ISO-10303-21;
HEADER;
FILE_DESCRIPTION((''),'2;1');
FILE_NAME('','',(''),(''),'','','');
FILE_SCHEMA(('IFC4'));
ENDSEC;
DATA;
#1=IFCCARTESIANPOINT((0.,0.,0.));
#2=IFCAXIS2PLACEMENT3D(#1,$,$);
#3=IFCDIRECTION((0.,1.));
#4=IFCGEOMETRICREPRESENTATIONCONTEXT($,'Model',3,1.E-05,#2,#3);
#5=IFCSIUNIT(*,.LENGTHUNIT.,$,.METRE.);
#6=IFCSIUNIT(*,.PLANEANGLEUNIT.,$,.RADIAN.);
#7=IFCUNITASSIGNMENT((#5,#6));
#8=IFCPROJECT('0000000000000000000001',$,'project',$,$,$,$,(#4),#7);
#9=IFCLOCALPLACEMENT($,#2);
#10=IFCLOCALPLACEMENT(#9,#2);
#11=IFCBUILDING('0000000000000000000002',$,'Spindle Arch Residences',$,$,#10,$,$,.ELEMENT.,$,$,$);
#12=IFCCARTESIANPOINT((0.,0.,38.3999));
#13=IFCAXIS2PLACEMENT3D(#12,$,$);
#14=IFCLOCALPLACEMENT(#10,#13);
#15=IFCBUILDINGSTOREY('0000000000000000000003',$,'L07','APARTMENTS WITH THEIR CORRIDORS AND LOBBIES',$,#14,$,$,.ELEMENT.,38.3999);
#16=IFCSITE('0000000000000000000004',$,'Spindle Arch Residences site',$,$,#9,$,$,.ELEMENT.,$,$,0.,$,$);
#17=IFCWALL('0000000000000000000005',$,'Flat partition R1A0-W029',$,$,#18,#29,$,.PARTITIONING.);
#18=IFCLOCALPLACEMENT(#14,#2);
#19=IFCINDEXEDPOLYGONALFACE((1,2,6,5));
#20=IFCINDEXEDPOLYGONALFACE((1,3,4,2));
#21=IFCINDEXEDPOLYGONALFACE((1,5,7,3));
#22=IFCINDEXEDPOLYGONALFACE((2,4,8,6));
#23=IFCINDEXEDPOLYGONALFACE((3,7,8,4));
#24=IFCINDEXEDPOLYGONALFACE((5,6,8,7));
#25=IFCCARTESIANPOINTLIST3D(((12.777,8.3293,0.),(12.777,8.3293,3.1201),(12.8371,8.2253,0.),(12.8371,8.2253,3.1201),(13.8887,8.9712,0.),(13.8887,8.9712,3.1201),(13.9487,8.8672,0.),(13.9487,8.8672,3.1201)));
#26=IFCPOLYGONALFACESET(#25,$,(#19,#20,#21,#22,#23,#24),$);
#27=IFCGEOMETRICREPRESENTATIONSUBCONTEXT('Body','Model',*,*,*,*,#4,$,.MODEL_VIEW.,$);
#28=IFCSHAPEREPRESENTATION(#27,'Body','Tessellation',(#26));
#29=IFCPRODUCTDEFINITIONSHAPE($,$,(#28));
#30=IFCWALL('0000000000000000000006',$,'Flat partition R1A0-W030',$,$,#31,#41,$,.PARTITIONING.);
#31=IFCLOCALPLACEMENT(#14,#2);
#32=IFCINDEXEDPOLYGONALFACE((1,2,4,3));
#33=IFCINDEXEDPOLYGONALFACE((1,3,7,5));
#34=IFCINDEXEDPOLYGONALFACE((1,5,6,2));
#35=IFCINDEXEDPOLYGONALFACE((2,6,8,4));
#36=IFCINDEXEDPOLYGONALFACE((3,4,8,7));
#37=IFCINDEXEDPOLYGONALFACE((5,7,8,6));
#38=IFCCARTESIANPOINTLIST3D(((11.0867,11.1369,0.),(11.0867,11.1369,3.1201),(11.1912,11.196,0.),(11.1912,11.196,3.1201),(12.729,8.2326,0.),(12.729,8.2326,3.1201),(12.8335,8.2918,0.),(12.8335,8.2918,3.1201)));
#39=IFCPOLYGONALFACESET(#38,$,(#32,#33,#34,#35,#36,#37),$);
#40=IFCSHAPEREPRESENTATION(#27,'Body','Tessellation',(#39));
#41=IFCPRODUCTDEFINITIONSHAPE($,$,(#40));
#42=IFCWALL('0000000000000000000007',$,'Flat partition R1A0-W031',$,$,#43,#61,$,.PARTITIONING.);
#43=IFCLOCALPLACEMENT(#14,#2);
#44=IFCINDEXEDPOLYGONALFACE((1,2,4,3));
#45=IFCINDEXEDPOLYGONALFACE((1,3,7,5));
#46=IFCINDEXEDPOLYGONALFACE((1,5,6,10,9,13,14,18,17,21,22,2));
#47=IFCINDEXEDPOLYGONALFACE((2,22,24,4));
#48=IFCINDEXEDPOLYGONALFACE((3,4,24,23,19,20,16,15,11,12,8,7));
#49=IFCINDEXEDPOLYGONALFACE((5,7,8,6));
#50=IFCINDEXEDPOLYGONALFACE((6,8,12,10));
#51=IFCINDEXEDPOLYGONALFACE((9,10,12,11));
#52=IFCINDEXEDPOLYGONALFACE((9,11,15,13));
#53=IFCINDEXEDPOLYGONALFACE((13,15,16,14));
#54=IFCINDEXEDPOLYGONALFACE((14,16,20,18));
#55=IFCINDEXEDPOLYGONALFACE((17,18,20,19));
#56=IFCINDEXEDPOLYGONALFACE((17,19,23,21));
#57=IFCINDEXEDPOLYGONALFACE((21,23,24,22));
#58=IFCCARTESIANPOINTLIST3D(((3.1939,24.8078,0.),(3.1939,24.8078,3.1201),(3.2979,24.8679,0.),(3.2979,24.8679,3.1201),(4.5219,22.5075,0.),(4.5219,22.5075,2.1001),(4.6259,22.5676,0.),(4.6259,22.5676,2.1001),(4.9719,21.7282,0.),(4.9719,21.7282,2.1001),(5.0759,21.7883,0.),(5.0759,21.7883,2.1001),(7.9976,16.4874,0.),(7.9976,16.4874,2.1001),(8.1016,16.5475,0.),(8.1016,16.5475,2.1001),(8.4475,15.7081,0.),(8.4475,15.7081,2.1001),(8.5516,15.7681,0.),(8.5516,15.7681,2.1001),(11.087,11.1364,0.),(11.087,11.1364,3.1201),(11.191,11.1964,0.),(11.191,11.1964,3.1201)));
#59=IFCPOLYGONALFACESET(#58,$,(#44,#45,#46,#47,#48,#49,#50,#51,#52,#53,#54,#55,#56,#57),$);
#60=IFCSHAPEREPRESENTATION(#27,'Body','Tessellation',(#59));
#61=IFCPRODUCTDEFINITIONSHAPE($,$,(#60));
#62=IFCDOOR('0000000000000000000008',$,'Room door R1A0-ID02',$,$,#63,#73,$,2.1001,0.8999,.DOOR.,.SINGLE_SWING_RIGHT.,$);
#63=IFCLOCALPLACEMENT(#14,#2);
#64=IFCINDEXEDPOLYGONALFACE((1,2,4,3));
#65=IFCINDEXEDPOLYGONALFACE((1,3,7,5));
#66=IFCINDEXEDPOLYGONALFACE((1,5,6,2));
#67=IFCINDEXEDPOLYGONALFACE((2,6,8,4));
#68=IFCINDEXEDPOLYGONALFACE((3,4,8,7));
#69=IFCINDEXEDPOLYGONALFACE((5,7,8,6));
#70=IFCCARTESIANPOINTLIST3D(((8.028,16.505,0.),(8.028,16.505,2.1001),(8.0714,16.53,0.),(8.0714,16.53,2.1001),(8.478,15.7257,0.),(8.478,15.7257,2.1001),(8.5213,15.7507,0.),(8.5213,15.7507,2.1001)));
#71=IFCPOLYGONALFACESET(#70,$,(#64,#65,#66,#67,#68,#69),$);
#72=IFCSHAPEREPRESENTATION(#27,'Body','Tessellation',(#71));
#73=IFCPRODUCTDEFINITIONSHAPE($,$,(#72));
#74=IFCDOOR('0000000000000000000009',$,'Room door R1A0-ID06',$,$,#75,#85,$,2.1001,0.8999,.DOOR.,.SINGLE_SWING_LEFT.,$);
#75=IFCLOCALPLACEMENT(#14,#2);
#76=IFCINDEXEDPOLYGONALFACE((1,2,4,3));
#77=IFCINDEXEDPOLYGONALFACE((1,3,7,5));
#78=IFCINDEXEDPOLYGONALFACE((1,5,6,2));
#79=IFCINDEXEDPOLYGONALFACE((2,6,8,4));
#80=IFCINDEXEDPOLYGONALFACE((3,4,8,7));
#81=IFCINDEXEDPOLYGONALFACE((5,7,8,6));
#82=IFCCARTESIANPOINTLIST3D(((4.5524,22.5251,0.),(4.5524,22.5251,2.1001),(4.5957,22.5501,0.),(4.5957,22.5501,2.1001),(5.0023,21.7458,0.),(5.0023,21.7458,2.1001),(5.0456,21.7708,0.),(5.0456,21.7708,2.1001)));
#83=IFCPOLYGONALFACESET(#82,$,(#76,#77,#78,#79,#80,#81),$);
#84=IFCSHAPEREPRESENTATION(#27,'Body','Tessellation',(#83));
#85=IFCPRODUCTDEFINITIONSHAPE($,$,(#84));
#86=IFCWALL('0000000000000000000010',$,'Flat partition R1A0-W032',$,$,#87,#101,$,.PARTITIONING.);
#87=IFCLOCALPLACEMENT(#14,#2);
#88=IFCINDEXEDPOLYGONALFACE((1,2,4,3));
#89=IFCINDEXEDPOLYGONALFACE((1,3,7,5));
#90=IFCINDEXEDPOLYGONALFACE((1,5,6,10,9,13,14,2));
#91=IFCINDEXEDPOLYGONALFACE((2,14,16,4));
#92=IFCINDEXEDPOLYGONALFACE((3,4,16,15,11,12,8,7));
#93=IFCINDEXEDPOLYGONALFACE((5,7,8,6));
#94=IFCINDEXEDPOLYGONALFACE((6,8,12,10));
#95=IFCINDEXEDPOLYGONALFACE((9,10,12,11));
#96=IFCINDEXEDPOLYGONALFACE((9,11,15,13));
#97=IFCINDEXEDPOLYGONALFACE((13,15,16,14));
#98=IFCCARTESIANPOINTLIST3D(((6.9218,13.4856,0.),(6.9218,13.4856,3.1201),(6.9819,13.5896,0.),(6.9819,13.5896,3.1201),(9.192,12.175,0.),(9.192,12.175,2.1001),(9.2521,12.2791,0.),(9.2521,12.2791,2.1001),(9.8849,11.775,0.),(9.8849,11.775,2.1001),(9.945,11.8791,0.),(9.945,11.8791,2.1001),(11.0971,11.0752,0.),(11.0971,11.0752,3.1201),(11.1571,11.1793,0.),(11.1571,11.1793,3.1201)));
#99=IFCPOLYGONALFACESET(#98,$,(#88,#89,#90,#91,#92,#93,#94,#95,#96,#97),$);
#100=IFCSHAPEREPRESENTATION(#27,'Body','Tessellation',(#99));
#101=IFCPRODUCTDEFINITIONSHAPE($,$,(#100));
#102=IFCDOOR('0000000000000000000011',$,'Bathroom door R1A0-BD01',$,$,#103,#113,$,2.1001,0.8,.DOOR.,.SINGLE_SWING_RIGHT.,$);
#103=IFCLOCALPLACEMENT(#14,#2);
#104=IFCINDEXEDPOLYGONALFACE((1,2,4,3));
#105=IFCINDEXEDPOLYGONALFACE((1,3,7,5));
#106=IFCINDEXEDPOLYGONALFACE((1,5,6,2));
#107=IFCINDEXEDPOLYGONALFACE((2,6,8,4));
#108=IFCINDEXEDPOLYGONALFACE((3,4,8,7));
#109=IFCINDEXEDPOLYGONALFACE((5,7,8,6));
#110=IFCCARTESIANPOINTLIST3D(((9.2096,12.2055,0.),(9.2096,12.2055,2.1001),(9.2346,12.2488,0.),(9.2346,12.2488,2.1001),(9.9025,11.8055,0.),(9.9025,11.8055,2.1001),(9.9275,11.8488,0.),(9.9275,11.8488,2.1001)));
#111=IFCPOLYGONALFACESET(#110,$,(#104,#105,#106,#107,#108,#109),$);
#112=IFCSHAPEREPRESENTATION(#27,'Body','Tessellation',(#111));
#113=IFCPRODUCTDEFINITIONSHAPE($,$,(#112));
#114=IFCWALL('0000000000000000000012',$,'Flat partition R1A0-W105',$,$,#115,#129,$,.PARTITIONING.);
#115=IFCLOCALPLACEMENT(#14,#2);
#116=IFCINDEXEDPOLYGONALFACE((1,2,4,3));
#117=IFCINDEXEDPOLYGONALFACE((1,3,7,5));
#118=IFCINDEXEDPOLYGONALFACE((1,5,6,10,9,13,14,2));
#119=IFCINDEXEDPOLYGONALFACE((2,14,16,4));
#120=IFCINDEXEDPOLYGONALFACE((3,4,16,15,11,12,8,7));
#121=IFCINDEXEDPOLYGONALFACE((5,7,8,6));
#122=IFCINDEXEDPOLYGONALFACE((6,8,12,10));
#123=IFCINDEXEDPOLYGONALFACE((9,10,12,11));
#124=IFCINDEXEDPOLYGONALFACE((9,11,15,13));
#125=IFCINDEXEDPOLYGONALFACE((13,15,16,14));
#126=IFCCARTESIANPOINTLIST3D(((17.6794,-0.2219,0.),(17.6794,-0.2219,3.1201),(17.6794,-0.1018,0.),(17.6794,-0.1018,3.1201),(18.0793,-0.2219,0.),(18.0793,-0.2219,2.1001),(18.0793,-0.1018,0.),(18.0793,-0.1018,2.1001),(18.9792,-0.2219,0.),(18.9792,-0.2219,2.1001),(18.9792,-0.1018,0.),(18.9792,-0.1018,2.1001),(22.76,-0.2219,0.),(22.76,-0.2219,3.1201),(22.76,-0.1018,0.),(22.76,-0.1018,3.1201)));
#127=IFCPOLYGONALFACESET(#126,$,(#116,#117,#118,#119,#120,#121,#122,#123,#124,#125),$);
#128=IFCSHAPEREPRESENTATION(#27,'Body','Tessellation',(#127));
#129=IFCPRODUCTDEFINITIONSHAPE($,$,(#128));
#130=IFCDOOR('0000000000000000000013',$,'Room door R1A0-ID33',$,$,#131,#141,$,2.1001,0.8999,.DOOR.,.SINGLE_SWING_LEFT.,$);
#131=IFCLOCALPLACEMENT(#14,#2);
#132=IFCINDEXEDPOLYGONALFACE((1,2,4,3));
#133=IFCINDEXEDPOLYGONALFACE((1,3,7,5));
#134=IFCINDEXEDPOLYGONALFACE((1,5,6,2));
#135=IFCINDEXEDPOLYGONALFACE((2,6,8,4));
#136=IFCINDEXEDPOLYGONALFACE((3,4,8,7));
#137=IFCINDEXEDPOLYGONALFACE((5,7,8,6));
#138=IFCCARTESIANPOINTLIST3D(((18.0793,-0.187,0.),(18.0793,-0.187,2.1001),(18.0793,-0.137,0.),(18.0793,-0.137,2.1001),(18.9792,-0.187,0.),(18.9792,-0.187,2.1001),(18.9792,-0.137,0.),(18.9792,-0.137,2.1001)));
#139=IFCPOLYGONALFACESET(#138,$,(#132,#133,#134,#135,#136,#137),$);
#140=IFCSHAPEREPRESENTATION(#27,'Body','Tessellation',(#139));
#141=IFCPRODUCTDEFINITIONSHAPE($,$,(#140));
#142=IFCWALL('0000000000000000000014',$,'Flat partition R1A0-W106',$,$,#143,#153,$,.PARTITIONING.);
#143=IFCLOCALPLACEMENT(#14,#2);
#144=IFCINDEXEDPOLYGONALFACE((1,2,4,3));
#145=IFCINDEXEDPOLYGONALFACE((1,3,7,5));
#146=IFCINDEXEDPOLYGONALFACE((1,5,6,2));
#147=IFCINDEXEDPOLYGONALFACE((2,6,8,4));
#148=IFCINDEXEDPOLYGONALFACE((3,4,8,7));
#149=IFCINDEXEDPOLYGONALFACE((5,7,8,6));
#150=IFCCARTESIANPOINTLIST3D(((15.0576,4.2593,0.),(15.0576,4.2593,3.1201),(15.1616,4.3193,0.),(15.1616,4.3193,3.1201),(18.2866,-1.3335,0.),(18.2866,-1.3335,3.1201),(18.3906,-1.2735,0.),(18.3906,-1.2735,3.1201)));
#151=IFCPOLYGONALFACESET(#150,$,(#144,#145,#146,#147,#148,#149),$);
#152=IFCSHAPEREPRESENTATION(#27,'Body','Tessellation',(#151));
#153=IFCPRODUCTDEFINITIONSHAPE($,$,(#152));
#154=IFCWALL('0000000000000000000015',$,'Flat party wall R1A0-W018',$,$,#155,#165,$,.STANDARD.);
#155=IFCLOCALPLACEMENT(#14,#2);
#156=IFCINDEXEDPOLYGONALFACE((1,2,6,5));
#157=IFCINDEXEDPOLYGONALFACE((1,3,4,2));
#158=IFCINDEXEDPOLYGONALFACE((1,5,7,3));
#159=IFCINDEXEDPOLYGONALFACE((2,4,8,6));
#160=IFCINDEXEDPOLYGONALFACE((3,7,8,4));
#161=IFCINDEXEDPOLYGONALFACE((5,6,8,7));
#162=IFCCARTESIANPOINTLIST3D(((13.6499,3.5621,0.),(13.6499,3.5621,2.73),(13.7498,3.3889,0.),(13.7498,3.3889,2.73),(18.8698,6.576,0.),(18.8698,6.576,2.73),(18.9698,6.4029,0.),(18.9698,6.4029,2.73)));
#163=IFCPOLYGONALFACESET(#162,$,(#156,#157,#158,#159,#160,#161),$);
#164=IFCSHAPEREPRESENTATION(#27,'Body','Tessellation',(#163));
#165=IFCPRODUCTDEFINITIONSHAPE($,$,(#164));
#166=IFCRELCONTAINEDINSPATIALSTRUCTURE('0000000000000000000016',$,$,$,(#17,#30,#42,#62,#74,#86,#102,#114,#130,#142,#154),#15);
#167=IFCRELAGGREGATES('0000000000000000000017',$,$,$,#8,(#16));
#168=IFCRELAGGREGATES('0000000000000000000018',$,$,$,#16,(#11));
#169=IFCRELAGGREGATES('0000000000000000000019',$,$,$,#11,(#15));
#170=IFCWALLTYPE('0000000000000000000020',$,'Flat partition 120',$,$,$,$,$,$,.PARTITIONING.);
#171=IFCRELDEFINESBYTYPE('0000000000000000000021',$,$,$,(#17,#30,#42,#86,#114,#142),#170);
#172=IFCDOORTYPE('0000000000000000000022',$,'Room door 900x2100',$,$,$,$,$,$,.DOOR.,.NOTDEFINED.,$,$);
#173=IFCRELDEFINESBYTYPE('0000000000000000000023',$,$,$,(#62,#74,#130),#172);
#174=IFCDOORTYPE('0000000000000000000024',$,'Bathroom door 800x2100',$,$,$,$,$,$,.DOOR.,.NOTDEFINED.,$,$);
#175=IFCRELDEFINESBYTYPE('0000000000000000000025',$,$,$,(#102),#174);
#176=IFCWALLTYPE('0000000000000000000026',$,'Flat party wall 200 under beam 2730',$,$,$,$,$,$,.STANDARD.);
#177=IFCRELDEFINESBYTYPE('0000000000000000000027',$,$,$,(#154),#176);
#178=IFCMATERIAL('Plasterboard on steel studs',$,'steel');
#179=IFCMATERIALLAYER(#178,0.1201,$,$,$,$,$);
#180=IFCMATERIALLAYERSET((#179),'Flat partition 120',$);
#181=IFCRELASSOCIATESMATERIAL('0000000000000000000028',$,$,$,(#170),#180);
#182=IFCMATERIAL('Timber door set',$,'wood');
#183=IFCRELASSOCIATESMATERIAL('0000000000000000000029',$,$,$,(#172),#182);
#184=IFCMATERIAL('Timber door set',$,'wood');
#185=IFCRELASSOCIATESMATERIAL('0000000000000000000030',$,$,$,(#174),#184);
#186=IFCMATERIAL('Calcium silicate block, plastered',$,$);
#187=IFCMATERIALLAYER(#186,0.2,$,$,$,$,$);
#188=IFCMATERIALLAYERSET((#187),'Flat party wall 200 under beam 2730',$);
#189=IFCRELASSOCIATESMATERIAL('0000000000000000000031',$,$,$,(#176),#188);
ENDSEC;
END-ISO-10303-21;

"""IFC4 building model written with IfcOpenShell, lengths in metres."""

from ifc_helpers import new_model, si_unit, direction, frame, frame_2d, origin, place, context, subcontext, project, spatial, rectangle, extrude, material, layer, layer_set, type_object, element, fill, save


model = new_model("IFC4")

# Units and contexts
model_context = context("Model", 3, precision=1e-05, world=origin(), true_north=direction((0.0, 1.0)))
body_context = subcontext(model_context, "Body", "Model", "MODEL_VIEW")
ifc_project = project(units=[si_unit("LENGTHUNIT", "METRE"), si_unit("PLANEANGLEUNIT", "RADIAN")], contexts=[model_context])

# Site, building, storey
site_placement = place(None, origin())
site = spatial("IfcSite", under=ifc_project, at=site_placement, Name="Spindle Arch Residences site", CompositionType="ELEMENT", RefElevation=0.0)
building_placement = place(site_placement, origin())
building = spatial("IfcBuilding", under=site, at=building_placement, Name="Spindle Arch Residences", CompositionType="ELEMENT")
storey_placement = place(building_placement, frame((0.0, 0.0, 38.3999)))
storey = spatial("IfcBuildingStorey", under=building, at=storey_placement, Name="L07", Description="APARTMENTS WITH THEIR CORRIDORS AND LOBBIES", CompositionType="ELEMENT", Elevation=38.3999)

# Shared definitions
ifc_material_1 = material(Name="Plasterboard on steel studs", Category="steel")
ifc_layer_1 = layer(ifc_material_1, 0.1201)
ifc_layer_set_1 = layer_set([ifc_layer_1], Name="Flat partition 120")
wall_type_1 = type_object("IfcWallType", Name="Flat partition 120", PredefinedType="PARTITIONING", material=ifc_layer_set_1)

# Shared definitions
ifc_material_2 = material(Name="Timber door set", Category="wood")
door_type_1 = type_object("IfcDoorType", Name="Room door 900x2100", OperationType="NOTDEFINED", PredefinedType="DOOR", material=ifc_material_2)

# Walls
wall_1_placement = place(storey_placement, frame((13.9187, 8.9192, 0.0), z_axis=(0.0, 0.0, 1.0), x_axis=(-0.865999, -0.500046, 0.0)))
element("IfcWall", 1, at=wall_1_placement, inside=storey, type_object=wall_type_1, Name="Flat partition R1A0-W029", PredefinedType="PARTITIONING", context=body_context, shape_type="SweptSolid", body=[
    extrude(rectangle(XDim=1.2837, YDim=0.1201, at=frame_2d((0.6418, 0.0))), origin(), (0.0, 0.0, 1.0), 3.1201),
])
wall_2_placement = place(storey_placement, frame((12.7812, 8.2622, 0.0), z_axis=(0.0, 0.0, 1.0), x_axis=(-0.492233, 0.870463, 0.0)))
element("IfcWall", 2, at=wall_2_placement, inside=storey, type_object=wall_type_1, Name="Flat partition R1A0-W030", PredefinedType="PARTITIONING", context=body_context, shape_type="SweptSolid", body=[
    extrude(rectangle(XDim=3.3364, YDim=0.1201, at=frame_2d((1.6682, 0.0))), origin(), (0.0, 0.0, 1.0), 3.1201),
])

# Wall, openings, doors
wall_3_placement = place(storey_placement, frame((11.1389, 11.1665, 0.0), z_axis=(0.0, 0.0, 1.0), x_axis=(-0.499995, 0.866028, 0.0)))
wall_3 = element("IfcWall", 3, at=wall_3_placement, inside=storey, type_object=wall_type_1, Name="Flat partition R1A0-W031", PredefinedType="PARTITIONING", context=body_context, shape_type="SweptSolid", body=[
    extrude(rectangle(XDim=15.7864, YDim=0.1201, at=frame_2d((7.8931, 0.0))), origin(), (0.0, 0.0, 1.0), 3.1201),
])
opening_1_placement = place(wall_3_placement, frame((5.2788, 0.0, 0.0)))
opening_1 = element("IfcOpeningElement", 4, at=opening_1_placement, cuts=wall_3, PredefinedType="OPENING", context=body_context, shape_type="SweptSolid", body=[
    extrude(rectangle(XDim=0.8999, YDim=2.1001, at=frame_2d((0.45, 1.05))), frame((0.0, 0.0701, 0.0), z_axis=(0.0, -1.0, 0.0), x_axis=(1.0, 0.0, 0.0)), (0.0, 0.0, 1.0), 0.1401),
])
opening_2_placement = place(wall_3_placement, frame((12.2302, 0.0, 0.0)))
opening_2 = element("IfcOpeningElement", 5, at=opening_2_placement, cuts=wall_3, PredefinedType="OPENING", context=body_context, shape_type="SweptSolid", body=[
    extrude(rectangle(XDim=0.8999, YDim=2.1001, at=frame_2d((0.45, 1.05))), frame((0.0, 0.0701, 0.0), z_axis=(0.0, -1.0, 0.0), x_axis=(1.0, 0.0, 0.0)), (0.0, 0.0, 1.0), 0.1401),
])
door_1_placement = place(opening_1_placement, origin())
door_1 = element("IfcDoor", 6, at=door_1_placement, inside=storey, type_object=door_type_1, Name="Room door R1A0-ID02", OperationType="SINGLE_SWING_RIGHT", OverallHeight=2.1001, OverallWidth=0.8999, PredefinedType="DOOR", context=body_context, shape_type="SweptSolid", body=[
    extrude(rectangle(XDim=0.8999, YDim=2.1001, at=frame_2d((0.45, 1.05))), frame((0.0, 0.0249, 0.0), z_axis=(0.0, -1.0, 0.0), x_axis=(1.0, 0.0, 0.0)), (0.0, 0.0, 1.0), 0.05),
])
fill(opening_1, door_1)
door_2_placement = place(opening_2_placement, origin())
door_2 = element("IfcDoor", 7, at=door_2_placement, inside=storey, type_object=door_type_1, Name="Room door R1A0-ID06", OperationType="SINGLE_SWING_LEFT", OverallHeight=2.1001, OverallWidth=0.8999, PredefinedType="DOOR", context=body_context, shape_type="SweptSolid", body=[
    extrude(rectangle(XDim=0.8999, YDim=2.1001, at=frame_2d((0.45, 1.05))), frame((0.0, 0.0249, 0.0), z_axis=(0.0, -1.0, 0.0), x_axis=(1.0, 0.0, 0.0)), (0.0, 0.0, 1.0), 0.05),
])
fill(opening_2, door_2)

# Walls, openings, doors
wall_4_placement = place(storey_placement, frame((11.1272, 11.1272, 0.0), z_axis=(0.0, 0.0, 1.0), x_axis=(-0.866044, 0.499968, 0.0)))
wall_4 = element("IfcWall", 8, at=wall_4_placement, inside=storey, type_object=wall_type_1, Name="Flat partition R1A0-W032", PredefinedType="PARTITIONING", context=body_context, shape_type="SweptSolid", body=[
    extrude(rectangle(XDim=4.821, YDim=0.1201, at=frame_2d((2.4106, 0.0))), origin(), (0.0, 0.0, 1.0), 3.1201),
])
opening_3_placement = place(wall_4_placement, frame((1.3999, 0.0, 0.0)))
opening_3 = element("IfcOpeningElement", 9, at=opening_3_placement, cuts=wall_4, PredefinedType="OPENING", context=body_context, shape_type="SweptSolid", body=[
    extrude(rectangle(XDim=0.8, YDim=2.1001, at=frame_2d((0.3999, 1.05))), frame((0.0, 0.0701, 0.0), z_axis=(0.0, -1.0, 0.0), x_axis=(1.0, 0.0, 0.0)), (0.0, 0.0, 1.0), 0.1401),
])
ifc_material_3 = material(Name="Timber door set", Category="wood")
door_type_2 = type_object("IfcDoorType", Name="Bathroom door 800x2100", OperationType="NOTDEFINED", PredefinedType="DOOR", material=ifc_material_3)
door_3_placement = place(opening_3_placement, origin())
door_3 = element("IfcDoor", 10, at=door_3_placement, inside=storey, type_object=door_type_2, Name="Bathroom door R1A0-BD01", OperationType="SINGLE_SWING_RIGHT", OverallHeight=2.1001, OverallWidth=0.8, PredefinedType="DOOR", context=body_context, shape_type="SweptSolid", body=[
    extrude(rectangle(XDim=0.8, YDim=2.1001, at=frame_2d((0.3999, 1.05))), frame((0.0, 0.0249, 0.0), z_axis=(0.0, -1.0, 0.0), x_axis=(1.0, 0.0, 0.0)), (0.0, 0.0, 1.0), 0.05),
])
fill(opening_3, door_3)
wall_5_placement = place(storey_placement, frame((17.6794, -0.1619, 0.0), z_axis=(0.0, 0.0, 1.0), x_axis=(1.0, 0.0, 0.0)))
wall_5 = element("IfcWall", 11, at=wall_5_placement, inside=storey, type_object=wall_type_1, Name="Flat partition R1A0-W105", PredefinedType="PARTITIONING", context=body_context, shape_type="SweptSolid", body=[
    extrude(rectangle(XDim=5.0806, YDim=0.1201, at=frame_2d((2.5403, 0.0))), origin(), (0.0, 0.0, 1.0), 3.1201),
])
opening_4_placement = place(wall_5_placement, frame((0.3999, 0.0, 0.0)))
opening_4 = element("IfcOpeningElement", 12, at=opening_4_placement, cuts=wall_5, PredefinedType="OPENING", context=body_context, shape_type="SweptSolid", body=[
    extrude(rectangle(XDim=0.8999, YDim=2.1001, at=frame_2d((0.45, 1.05))), frame((0.0, 0.0701, 0.0), z_axis=(0.0, -1.0, 0.0), x_axis=(1.0, 0.0, 0.0)), (0.0, 0.0, 1.0), 0.1401),
])
door_4_placement = place(opening_4_placement, origin())
door_4 = element("IfcDoor", 13, at=door_4_placement, inside=storey, type_object=door_type_1, Name="Room door R1A0-ID33", OperationType="SINGLE_SWING_LEFT", OverallHeight=2.1001, OverallWidth=0.8999, PredefinedType="DOOR", context=body_context, shape_type="SweptSolid", body=[
    extrude(rectangle(XDim=0.8999, YDim=2.1001, at=frame_2d((0.45, 1.05))), frame((0.0, 0.0249, 0.0), z_axis=(0.0, -1.0, 0.0), x_axis=(1.0, 0.0, 0.0)), (0.0, 0.0, 1.0), 0.05),
])
fill(opening_4, door_4)

# Walls
wall_6_placement = place(storey_placement, frame((15.1096, 4.2893, 0.0), z_axis=(0.0, 0.0, 1.0), x_axis=(0.500002, -0.866024, 0.0)))
element("IfcWall", 14, at=wall_6_placement, inside=storey, type_object=wall_type_1, Name="Flat partition R1A0-W106", PredefinedType="PARTITIONING", context=body_context, shape_type="SweptSolid", body=[
    extrude(rectangle(XDim=6.458, YDim=0.1201, at=frame_2d((3.229, 0.0))), origin(), (0.0, 0.0, 1.0), 3.1201),
])
ifc_material_4 = material(Name="Calcium silicate block, plastered")
ifc_layer_2 = layer(ifc_material_4, 0.2)
ifc_layer_set_2 = layer_set([ifc_layer_2], Name="Flat party wall 200 under beam 2730")
wall_type_2 = type_object("IfcWallType", Name="Flat party wall 200 under beam 2730", PredefinedType="STANDARD", material=ifc_layer_set_2)
wall_7_placement = place(storey_placement, frame((13.7, 3.4756, 0.0), z_axis=(0.0, 0.0, 1.0), x_axis=(0.866014, 0.50002, 0.0)))
element("IfcWall", 15, at=wall_7_placement, inside=storey, type_object=wall_type_2, Name="Flat party wall R1A0-W018", PredefinedType="STANDARD", context=body_context, shape_type="SweptSolid", body=[
    extrude(rectangle(XDim=6.0276, YDim=0.2, at=frame_2d((3.0137, 0.0))), origin(), (0.0, 0.0, 1.0), 2.73),
])

save(model, "model.ifc")
